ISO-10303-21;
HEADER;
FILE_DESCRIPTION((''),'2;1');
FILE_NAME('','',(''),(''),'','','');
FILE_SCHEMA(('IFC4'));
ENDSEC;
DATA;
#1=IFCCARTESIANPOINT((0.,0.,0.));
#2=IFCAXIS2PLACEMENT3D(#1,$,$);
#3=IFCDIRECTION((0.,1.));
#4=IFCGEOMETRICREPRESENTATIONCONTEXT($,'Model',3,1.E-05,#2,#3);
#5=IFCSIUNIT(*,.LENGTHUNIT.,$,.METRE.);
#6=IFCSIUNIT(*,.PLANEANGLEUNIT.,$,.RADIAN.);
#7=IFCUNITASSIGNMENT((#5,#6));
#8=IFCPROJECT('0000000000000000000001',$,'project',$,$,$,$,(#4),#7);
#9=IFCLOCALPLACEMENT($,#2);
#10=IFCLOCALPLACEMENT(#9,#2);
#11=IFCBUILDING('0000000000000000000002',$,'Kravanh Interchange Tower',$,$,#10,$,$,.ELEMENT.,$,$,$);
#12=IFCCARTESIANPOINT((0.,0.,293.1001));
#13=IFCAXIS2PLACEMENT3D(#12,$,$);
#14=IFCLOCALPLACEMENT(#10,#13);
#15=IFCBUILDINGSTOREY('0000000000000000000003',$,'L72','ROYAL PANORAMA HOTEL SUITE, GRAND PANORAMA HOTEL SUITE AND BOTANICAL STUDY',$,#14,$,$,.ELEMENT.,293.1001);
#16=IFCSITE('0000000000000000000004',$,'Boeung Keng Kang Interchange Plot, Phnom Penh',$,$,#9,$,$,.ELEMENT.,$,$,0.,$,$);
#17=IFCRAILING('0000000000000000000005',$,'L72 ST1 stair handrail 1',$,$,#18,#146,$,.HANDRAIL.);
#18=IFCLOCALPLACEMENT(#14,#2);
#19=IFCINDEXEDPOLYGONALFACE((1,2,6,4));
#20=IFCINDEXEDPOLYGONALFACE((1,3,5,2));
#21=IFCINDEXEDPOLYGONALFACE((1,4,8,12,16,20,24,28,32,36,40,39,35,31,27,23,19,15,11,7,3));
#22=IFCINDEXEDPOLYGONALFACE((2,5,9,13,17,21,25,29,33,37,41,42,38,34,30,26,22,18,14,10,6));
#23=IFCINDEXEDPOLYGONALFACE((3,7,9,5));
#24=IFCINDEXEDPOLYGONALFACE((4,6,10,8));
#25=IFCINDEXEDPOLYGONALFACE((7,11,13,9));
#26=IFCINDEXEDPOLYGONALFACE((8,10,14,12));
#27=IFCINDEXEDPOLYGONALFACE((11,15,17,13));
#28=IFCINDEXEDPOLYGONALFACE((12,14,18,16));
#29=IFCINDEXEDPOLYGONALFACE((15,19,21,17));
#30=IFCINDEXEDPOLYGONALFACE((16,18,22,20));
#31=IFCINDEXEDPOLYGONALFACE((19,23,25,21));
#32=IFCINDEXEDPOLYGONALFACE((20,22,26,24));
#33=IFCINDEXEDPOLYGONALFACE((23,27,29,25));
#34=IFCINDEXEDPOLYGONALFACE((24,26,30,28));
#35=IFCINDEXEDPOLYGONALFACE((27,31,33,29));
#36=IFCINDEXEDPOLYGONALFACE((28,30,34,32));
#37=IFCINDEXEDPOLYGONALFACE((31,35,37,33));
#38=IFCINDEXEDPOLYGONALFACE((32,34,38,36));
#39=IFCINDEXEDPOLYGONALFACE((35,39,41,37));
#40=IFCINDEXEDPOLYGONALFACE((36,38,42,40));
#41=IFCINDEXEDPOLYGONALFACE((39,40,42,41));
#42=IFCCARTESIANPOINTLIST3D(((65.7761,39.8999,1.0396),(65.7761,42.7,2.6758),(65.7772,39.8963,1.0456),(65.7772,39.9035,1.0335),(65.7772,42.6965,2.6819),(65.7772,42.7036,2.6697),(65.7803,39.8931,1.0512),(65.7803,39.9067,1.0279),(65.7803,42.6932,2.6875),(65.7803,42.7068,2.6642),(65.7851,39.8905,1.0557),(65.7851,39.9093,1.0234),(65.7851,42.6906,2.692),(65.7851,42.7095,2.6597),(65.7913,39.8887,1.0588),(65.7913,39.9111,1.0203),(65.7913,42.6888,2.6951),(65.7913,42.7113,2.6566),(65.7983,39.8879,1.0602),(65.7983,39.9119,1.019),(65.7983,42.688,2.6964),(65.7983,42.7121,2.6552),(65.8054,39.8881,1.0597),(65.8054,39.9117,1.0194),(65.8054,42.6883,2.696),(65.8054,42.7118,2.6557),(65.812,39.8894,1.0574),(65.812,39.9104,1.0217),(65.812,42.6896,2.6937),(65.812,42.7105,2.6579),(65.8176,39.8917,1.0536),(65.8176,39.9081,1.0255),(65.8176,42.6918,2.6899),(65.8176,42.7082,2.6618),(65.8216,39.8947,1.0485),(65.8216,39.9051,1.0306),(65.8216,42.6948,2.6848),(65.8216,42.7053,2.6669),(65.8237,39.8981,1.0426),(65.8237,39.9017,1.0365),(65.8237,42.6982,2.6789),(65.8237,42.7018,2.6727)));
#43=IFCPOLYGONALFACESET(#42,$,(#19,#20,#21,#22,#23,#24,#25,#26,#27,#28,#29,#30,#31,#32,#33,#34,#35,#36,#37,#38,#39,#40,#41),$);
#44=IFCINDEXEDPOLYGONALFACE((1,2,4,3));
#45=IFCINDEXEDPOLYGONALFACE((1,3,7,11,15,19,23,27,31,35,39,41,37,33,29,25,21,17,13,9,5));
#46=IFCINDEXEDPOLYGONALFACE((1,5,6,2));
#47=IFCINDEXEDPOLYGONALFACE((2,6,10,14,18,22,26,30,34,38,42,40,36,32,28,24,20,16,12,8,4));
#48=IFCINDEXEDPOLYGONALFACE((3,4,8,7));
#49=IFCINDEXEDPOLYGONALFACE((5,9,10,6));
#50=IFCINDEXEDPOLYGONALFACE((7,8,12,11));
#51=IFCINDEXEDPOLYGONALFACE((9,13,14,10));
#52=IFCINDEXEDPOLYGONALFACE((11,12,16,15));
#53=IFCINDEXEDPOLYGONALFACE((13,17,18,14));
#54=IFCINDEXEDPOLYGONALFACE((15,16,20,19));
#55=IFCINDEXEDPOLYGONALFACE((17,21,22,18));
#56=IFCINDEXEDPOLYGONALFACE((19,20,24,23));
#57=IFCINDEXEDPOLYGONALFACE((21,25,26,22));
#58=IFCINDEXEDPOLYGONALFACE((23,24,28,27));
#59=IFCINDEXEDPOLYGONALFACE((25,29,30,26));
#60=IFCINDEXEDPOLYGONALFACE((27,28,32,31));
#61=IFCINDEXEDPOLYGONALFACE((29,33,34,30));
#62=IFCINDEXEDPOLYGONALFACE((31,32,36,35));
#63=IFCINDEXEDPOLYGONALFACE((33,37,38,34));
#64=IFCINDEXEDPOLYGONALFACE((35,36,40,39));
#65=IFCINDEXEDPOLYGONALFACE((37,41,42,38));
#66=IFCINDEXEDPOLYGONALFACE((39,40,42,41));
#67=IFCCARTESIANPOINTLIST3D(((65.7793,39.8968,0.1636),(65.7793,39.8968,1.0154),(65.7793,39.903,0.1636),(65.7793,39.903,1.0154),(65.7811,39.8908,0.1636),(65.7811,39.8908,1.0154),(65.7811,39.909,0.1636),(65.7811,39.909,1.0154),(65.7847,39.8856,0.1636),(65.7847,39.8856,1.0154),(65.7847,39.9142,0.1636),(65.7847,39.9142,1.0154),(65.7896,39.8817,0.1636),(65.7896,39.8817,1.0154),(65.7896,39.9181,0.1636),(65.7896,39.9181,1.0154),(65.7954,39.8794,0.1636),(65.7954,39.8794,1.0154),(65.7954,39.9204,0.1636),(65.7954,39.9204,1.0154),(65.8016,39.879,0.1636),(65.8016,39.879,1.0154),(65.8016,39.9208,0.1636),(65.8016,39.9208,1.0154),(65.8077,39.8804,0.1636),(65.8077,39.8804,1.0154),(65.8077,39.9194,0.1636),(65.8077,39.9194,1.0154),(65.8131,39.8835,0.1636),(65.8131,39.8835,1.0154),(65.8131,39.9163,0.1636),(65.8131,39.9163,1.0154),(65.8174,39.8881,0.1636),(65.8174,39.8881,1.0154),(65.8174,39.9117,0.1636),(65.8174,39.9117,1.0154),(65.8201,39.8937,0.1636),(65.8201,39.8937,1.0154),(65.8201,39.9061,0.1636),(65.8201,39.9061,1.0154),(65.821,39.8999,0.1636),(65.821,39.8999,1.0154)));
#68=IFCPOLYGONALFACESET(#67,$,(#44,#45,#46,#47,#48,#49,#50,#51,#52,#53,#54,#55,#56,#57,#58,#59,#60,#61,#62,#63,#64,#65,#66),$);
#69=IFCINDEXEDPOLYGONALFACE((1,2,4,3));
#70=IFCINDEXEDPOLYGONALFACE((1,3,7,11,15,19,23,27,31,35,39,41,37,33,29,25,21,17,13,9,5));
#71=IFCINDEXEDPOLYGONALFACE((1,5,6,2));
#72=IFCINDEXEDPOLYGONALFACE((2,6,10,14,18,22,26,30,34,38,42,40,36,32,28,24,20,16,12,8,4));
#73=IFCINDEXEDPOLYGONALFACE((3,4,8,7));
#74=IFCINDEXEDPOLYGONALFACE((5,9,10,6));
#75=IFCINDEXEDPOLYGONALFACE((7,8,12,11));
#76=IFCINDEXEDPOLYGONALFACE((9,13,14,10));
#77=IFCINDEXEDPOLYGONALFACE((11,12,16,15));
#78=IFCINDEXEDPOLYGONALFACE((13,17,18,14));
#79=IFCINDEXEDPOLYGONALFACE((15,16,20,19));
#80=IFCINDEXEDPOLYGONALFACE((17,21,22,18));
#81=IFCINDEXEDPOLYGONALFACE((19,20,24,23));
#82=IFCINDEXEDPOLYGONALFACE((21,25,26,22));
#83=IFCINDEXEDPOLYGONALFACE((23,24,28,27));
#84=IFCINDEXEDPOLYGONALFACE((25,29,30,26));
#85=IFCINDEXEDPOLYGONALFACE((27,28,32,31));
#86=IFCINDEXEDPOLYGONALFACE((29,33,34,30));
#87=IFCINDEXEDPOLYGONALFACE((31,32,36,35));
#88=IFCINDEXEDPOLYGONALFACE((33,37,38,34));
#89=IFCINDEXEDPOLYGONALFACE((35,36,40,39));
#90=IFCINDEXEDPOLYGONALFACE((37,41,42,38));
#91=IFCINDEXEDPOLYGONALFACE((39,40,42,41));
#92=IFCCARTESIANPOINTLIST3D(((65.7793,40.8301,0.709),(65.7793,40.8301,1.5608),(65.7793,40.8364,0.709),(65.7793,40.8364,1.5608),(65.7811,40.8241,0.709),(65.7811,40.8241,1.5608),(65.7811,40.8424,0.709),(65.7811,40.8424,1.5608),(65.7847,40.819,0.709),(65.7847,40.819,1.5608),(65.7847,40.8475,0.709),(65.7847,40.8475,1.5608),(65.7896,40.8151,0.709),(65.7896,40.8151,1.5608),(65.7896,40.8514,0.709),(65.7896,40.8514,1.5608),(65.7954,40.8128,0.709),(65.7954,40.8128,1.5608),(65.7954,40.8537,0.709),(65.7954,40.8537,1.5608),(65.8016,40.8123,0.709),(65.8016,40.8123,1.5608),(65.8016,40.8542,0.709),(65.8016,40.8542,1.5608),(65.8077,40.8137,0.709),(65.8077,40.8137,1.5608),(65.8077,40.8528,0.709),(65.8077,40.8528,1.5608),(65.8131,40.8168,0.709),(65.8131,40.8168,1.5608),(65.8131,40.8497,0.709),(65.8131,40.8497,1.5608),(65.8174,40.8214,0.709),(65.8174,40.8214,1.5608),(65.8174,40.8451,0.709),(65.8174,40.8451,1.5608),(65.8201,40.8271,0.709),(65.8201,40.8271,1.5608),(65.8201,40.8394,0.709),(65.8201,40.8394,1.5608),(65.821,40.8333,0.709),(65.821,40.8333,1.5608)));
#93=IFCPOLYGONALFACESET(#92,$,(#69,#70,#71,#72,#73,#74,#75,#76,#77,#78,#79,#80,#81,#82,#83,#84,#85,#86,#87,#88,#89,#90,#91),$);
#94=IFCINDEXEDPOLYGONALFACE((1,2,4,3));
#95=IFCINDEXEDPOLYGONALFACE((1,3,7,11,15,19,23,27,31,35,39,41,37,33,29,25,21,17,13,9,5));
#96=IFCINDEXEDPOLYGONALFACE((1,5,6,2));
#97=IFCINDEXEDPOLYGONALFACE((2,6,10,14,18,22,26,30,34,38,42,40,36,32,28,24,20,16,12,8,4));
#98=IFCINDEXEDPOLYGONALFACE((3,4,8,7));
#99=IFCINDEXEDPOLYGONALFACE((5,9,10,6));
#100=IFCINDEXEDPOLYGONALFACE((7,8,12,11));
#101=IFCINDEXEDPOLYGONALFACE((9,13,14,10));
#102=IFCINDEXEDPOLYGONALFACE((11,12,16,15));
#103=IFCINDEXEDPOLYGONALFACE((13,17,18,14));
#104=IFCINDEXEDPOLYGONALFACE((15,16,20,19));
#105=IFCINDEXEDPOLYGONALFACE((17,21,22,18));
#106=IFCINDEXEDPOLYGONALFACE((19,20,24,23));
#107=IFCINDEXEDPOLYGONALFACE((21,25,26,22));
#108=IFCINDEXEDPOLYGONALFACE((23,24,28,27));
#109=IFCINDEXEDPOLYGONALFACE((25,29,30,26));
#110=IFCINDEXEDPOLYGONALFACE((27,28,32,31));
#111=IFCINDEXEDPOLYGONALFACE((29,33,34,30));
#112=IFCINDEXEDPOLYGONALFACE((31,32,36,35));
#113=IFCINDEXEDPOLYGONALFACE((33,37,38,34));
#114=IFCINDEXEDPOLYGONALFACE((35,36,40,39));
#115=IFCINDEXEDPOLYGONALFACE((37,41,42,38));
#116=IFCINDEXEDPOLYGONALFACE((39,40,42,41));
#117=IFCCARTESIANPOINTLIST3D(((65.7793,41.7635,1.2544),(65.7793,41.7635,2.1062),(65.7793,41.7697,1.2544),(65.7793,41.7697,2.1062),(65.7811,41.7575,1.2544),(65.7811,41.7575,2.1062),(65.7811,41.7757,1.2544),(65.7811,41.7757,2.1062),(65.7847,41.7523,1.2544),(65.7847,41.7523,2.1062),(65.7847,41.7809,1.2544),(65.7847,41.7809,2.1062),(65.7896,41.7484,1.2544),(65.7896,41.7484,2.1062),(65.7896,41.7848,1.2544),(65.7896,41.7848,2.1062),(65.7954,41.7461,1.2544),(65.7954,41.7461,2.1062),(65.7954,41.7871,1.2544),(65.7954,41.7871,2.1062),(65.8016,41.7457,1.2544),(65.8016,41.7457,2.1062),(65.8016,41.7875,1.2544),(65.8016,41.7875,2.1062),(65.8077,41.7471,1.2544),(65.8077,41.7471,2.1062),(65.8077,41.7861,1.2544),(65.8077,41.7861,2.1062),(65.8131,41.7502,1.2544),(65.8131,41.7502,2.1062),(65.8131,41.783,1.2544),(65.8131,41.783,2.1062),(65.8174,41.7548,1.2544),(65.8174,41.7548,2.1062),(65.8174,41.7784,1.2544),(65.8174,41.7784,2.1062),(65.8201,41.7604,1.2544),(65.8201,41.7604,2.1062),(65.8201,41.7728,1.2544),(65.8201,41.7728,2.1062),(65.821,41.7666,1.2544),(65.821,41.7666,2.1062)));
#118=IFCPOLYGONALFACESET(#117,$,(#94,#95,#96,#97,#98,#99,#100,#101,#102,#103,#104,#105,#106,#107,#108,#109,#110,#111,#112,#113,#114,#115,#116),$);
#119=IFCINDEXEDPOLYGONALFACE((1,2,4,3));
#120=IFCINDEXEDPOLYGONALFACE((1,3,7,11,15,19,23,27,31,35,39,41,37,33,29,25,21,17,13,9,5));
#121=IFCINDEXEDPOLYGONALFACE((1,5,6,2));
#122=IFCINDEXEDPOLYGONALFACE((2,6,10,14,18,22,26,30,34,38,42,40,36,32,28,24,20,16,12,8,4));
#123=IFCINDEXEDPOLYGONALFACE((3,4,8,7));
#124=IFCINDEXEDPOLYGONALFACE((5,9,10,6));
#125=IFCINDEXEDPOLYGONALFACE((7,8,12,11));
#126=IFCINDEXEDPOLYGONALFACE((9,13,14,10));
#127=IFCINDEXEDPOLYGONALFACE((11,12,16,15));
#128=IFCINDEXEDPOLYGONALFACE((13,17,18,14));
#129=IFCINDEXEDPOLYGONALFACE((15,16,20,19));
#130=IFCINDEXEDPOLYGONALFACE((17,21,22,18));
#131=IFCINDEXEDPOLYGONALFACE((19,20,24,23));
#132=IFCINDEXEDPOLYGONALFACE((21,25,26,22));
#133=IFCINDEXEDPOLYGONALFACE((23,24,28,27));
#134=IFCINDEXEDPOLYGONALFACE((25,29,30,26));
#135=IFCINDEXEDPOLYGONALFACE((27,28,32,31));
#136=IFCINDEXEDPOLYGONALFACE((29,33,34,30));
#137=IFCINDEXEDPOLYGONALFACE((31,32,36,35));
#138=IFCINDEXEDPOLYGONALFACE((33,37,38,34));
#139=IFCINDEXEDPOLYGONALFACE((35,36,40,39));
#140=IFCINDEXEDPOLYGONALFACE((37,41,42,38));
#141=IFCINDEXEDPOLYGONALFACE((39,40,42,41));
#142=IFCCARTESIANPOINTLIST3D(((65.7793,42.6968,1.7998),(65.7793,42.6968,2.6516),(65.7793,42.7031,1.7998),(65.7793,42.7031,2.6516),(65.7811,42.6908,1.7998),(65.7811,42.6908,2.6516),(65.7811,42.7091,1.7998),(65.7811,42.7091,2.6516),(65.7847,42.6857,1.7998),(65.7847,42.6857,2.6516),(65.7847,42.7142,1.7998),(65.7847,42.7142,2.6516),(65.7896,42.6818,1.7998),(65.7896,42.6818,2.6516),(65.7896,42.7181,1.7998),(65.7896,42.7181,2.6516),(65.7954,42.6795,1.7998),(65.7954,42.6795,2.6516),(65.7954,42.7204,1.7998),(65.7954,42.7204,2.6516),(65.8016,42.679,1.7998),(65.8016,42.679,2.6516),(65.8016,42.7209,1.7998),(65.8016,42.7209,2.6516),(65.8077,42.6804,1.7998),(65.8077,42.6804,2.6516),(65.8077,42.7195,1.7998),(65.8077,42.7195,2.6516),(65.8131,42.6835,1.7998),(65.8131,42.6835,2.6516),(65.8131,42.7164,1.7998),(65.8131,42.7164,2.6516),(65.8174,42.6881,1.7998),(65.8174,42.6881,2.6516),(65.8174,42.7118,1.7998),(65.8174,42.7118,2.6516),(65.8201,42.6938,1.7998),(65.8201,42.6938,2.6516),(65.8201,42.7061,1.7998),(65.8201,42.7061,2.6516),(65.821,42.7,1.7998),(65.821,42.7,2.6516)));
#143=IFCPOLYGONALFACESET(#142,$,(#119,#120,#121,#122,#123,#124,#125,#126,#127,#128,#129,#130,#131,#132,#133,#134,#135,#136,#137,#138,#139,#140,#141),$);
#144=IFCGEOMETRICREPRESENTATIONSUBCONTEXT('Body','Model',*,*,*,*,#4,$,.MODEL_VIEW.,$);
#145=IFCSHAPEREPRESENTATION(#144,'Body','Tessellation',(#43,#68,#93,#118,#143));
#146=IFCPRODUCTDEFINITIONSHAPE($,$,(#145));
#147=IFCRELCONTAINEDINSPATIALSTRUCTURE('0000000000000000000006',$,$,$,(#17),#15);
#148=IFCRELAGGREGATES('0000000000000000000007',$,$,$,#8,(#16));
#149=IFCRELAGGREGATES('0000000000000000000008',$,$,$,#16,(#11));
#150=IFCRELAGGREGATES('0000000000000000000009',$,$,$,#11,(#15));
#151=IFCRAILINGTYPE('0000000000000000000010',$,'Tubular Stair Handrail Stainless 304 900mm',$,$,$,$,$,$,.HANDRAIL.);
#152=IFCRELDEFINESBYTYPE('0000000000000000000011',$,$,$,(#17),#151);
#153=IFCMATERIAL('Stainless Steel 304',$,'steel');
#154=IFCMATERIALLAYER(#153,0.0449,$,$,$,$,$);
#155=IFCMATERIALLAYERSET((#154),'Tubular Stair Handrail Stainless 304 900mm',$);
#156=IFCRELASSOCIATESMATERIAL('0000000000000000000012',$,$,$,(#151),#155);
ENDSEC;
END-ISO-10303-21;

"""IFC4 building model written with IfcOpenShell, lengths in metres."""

from ifc_helpers import new_model, si_unit, direction, frame, origin, origin_2d, place, context, subcontext, project, spatial, circle, extrude, material, layer, layer_set, type_object, element, save


model = new_model("IFC4")

# Units and contexts
model_context = context("Model", 3, precision=1e-05, world=origin(), true_north=direction((0.0, 1.0)))
body_context = subcontext(model_context, "Body", "Model", "MODEL_VIEW")
ifc_project = project(units=[si_unit("LENGTHUNIT", "METRE"), si_unit("PLANEANGLEUNIT", "RADIAN")], contexts=[model_context])

# Site, building, storey
site_placement = place(None, origin())
site = spatial("IfcSite", under=ifc_project, at=site_placement, Name="Boeung Keng Kang Interchange Plot, Phnom Penh", CompositionType="ELEMENT", RefElevation=0.0)
building_placement = place(site_placement, origin())
building = spatial("IfcBuilding", under=site, at=building_placement, Name="Kravanh Interchange Tower", CompositionType="ELEMENT")
storey_placement = place(building_placement, frame((0.0, 0.0, 293.1001)))
storey = spatial("IfcBuildingStorey", under=building, at=storey_placement, Name="L72", Description="ROYAL PANORAMA HOTEL SUITE, GRAND PANORAMA HOTEL SUITE AND BOTANICAL STUDY", CompositionType="ELEMENT", Elevation=293.1001)

# Railing
ifc_material_1 = material(Name="Stainless Steel 304", Category="steel")
ifc_layer_1 = layer(ifc_material_1, 0.0449)
ifc_layer_set_1 = layer_set([ifc_layer_1], Name="Tubular Stair Handrail Stainless 304 900mm")
railing_type_1 = type_object("IfcRailingType", Name="Tubular Stair Handrail Stainless 304 900mm", PredefinedType="HANDRAIL", material=ifc_layer_set_1)
railing_1_placement = place(storey_placement, frame((65.8, 39.8999, 0.1636)))
element("IfcRailing", 1, at=railing_1_placement, inside=storey, type_object=railing_type_1, Name="L72 ST1 stair handrail 1", PredefinedType="HANDRAIL", context=body_context, shape_type="SweptSolid", body=[
    extrude(circle(Radius=0.0239, at=origin_2d()), frame((0.0, 0.0, 0.876), z_axis=(0.0, 0.863394, 0.504531), x_axis=(-1.0, 0.0, 0.0)), (0.0, 0.0, 1.0), 3.2432),
    extrude(circle(Radius=0.021, at=origin_2d()), origin(), (0.0, 0.0, 1.0), 0.8518),
    extrude(circle(Radius=0.021, at=origin_2d()), frame((0.0, 0.9333, 0.5454)), (0.0, 0.0, 1.0), 0.8518),
    extrude(circle(Radius=0.021, at=origin_2d()), frame((0.0, 1.8667, 1.0908)), (0.0, 0.0, 1.0), 0.8518),
    extrude(circle(Radius=0.021, at=origin_2d()), frame((0.0, 2.8, 1.6362)), (0.0, 0.0, 1.0), 0.8518),
])

save(model, "model.ifc")
